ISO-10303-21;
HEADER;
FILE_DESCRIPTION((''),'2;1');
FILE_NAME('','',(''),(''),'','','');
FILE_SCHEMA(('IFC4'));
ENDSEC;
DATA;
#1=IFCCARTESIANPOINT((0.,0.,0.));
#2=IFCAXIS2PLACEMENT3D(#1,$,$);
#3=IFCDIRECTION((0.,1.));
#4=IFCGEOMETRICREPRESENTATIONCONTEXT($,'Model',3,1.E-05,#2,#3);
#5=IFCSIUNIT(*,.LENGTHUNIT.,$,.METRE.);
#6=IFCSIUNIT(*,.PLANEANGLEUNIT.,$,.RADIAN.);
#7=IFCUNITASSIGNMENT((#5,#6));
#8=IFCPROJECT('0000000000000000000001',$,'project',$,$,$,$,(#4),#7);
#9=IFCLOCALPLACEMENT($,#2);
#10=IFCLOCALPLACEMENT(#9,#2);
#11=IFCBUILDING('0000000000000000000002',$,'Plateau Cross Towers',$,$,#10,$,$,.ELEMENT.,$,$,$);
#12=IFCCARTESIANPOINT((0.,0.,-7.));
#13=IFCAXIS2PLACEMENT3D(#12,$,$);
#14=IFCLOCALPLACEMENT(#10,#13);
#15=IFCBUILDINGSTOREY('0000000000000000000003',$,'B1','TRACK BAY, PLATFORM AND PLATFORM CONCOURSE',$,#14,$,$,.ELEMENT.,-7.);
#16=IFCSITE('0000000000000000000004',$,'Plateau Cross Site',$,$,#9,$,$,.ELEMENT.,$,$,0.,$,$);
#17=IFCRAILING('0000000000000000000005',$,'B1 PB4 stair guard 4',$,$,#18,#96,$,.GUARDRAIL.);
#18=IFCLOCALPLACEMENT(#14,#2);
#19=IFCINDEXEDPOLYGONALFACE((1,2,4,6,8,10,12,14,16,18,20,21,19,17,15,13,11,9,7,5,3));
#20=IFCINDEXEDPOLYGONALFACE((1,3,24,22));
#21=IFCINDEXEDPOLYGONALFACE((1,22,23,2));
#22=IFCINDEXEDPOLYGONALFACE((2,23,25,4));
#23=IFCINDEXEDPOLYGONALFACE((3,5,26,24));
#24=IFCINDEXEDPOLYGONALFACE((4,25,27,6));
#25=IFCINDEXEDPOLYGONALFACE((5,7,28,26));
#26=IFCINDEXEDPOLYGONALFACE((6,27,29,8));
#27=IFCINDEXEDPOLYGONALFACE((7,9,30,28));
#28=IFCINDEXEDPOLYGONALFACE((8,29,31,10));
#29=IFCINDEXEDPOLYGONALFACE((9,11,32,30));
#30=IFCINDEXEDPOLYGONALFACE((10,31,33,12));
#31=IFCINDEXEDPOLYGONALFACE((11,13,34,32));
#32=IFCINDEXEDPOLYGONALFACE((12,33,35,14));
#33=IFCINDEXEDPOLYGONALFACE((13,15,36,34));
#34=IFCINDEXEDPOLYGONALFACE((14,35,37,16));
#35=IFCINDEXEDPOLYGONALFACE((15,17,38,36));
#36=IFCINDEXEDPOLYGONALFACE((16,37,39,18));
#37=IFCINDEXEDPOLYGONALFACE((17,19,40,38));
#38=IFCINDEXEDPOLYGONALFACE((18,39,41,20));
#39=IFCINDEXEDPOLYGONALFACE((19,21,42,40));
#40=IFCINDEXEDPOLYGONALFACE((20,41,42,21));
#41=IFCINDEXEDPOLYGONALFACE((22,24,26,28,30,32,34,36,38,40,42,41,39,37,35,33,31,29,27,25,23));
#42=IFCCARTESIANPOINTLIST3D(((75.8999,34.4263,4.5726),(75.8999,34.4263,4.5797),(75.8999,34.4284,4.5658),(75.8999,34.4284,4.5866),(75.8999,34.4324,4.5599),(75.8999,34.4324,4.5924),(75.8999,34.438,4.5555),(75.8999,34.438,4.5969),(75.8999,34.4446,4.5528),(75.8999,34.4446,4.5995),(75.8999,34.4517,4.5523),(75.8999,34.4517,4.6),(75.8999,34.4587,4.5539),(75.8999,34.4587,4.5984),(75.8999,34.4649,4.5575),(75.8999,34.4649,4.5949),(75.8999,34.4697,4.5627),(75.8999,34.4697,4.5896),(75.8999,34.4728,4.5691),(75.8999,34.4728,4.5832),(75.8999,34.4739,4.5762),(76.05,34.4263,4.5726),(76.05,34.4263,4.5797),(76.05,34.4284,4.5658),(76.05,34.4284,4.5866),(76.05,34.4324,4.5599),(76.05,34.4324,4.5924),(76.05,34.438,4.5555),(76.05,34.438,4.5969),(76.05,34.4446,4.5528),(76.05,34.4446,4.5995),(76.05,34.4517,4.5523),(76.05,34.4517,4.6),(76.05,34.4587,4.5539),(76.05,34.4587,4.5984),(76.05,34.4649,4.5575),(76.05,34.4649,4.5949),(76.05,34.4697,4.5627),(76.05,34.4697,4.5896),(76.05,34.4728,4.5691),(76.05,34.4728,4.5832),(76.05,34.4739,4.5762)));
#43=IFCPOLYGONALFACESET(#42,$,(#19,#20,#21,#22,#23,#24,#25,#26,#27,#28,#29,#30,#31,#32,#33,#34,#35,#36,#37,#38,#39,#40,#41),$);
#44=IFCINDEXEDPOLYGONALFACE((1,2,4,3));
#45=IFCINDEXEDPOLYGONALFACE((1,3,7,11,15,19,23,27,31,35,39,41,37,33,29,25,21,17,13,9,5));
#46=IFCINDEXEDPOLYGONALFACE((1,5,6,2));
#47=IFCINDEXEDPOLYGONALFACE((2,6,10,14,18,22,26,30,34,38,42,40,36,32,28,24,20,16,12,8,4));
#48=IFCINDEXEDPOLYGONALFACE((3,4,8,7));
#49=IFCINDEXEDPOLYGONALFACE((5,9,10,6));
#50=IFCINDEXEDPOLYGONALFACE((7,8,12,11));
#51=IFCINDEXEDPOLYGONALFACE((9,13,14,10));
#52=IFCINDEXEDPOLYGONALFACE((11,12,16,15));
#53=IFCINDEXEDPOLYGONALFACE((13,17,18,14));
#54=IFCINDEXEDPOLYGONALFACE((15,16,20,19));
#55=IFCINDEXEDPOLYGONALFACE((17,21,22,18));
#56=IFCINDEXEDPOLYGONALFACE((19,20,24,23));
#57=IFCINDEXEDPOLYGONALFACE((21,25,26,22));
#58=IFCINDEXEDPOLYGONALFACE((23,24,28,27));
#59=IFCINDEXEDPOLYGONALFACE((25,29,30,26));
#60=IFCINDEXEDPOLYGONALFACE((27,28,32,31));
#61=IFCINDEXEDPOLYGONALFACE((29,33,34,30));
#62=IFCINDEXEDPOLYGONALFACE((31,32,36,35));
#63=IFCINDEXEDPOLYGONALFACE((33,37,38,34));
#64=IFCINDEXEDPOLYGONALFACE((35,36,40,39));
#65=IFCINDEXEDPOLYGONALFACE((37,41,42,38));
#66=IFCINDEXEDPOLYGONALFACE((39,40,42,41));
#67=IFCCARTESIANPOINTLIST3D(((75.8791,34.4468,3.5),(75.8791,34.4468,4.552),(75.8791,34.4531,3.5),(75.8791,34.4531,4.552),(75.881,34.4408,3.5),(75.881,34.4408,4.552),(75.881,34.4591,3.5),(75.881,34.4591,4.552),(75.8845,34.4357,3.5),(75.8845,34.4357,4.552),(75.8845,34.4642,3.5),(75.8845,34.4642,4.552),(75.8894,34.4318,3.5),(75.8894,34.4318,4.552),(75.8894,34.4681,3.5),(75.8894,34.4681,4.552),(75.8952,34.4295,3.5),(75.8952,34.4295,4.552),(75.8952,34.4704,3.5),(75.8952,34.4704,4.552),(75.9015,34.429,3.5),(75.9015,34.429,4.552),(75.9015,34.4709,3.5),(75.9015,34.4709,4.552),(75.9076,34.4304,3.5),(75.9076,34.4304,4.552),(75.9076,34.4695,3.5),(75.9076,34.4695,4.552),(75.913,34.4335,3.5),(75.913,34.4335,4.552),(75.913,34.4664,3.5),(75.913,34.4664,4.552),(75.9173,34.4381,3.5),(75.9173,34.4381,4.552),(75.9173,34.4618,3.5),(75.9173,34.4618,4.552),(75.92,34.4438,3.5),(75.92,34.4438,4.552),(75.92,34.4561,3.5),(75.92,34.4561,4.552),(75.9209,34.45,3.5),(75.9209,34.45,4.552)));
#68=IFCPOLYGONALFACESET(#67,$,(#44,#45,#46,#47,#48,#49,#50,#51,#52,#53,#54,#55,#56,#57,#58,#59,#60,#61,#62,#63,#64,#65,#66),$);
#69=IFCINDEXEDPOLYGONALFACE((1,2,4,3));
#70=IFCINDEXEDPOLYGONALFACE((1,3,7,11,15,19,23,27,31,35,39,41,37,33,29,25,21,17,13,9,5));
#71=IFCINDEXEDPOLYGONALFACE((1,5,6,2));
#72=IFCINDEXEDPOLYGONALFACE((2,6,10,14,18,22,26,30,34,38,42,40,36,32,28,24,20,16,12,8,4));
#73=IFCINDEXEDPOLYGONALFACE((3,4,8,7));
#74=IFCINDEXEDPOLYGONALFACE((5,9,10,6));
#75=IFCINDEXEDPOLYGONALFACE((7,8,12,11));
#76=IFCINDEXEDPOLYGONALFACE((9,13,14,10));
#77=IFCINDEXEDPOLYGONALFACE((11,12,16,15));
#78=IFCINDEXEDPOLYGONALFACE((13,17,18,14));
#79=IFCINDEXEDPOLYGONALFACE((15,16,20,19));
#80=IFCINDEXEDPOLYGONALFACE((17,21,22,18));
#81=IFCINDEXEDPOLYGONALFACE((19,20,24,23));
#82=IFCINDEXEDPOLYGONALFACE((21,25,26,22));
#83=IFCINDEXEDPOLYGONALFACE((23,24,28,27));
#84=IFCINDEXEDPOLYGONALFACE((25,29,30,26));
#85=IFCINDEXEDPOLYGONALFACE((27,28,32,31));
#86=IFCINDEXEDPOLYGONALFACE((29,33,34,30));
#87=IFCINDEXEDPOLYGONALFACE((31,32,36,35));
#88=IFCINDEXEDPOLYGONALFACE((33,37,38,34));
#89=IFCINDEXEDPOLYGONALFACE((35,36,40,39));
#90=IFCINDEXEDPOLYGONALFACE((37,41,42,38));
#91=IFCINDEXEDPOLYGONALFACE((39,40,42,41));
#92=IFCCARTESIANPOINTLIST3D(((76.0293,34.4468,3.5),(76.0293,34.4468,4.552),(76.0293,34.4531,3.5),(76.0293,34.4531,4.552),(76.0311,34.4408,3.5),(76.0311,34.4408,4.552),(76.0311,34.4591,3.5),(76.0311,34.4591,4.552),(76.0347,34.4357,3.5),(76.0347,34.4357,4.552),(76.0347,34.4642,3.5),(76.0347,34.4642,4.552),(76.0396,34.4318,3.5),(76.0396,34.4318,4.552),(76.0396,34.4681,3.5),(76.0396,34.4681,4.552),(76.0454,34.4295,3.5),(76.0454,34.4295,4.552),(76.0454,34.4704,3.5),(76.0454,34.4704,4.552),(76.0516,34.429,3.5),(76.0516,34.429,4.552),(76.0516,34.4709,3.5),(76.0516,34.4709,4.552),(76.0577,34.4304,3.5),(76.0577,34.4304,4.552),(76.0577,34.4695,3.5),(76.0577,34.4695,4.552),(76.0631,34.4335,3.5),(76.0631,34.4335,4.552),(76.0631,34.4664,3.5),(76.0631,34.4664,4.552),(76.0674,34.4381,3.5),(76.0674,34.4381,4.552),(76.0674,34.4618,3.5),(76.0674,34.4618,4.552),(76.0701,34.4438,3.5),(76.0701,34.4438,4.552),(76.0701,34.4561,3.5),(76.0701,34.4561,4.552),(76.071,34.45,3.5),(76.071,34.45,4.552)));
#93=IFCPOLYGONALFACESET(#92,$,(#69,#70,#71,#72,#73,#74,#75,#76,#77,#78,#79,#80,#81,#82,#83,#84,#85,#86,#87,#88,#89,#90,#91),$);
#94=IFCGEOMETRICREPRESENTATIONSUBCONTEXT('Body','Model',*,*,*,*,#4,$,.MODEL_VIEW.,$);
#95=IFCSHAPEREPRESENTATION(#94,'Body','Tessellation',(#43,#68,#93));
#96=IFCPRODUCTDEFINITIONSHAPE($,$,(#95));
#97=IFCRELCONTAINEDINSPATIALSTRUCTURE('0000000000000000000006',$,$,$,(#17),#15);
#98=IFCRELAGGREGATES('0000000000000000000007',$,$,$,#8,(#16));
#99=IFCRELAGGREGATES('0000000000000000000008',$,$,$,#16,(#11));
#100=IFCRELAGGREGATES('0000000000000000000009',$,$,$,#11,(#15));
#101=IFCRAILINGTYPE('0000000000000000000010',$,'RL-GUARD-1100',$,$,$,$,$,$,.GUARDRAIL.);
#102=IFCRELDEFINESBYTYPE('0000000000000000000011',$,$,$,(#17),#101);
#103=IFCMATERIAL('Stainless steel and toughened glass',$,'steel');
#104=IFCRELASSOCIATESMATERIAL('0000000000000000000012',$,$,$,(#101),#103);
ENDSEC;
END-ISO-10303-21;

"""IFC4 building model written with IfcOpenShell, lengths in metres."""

from ifc_helpers import new_model, si_unit, direction, frame, origin, origin_2d, place, context, subcontext, project, spatial, circle, extrude, material, type_object, element, save


model = new_model("IFC4")

# Units and contexts
model_context = context("Model", 3, precision=1e-05, world=origin(), true_north=direction((0.0, 1.0)))
body_context = subcontext(model_context, "Body", "Model", "MODEL_VIEW")
ifc_project = project(units=[si_unit("LENGTHUNIT", "METRE"), si_unit("PLANEANGLEUNIT", "RADIAN")], contexts=[model_context])

# Site, building, storey
site_placement = place(None, origin())
site = spatial("IfcSite", under=ifc_project, at=site_placement, Name="Plateau Cross Site", CompositionType="ELEMENT", RefElevation=0.0)
building_placement = place(site_placement, origin())
building = spatial("IfcBuilding", under=site, at=building_placement, Name="Plateau Cross Towers", CompositionType="ELEMENT")
storey_placement = place(building_placement, frame((0.0, 0.0, -7.0)))
storey = spatial("IfcBuildingStorey", under=building, at=storey_placement, Name="B1", Description="TRACK BAY, PLATFORM AND PLATFORM CONCOURSE", CompositionType="ELEMENT", Elevation=-7.0)

# Railing
ifc_material_1 = material(Name="Stainless steel and toughened glass", Category="steel")
railing_type_1 = type_object("IfcRailingType", Name="RL-GUARD-1100", PredefinedType="GUARDRAIL", material=ifc_material_1)
railing_1_placement = place(storey_placement, frame((75.8999, 34.45, 3.5)))
element("IfcRailing", 1, at=railing_1_placement, inside=storey, type_object=railing_type_1, Name="B1 PB4 stair guard 4", PredefinedType="GUARDRAIL", context=body_context, shape_type="SweptSolid", body=[
    extrude(circle(Radius=0.0239, at=origin_2d()), frame((0.0, 0.0, 1.0762), z_axis=(1.0, 0.0, 0.0), x_axis=(0.0, 1.0, 0.0)), (0.0, 0.0, 1.0), 0.1501),
    extrude(circle(Radius=0.021, at=origin_2d()), origin(), (0.0, 0.0, 1.0), 1.052),
    extrude(circle(Radius=0.021, at=origin_2d()), frame((0.1501, 0.0, 0.0)), (0.0, 0.0, 1.0), 1.052),
])

save(model, "model.ifc")
